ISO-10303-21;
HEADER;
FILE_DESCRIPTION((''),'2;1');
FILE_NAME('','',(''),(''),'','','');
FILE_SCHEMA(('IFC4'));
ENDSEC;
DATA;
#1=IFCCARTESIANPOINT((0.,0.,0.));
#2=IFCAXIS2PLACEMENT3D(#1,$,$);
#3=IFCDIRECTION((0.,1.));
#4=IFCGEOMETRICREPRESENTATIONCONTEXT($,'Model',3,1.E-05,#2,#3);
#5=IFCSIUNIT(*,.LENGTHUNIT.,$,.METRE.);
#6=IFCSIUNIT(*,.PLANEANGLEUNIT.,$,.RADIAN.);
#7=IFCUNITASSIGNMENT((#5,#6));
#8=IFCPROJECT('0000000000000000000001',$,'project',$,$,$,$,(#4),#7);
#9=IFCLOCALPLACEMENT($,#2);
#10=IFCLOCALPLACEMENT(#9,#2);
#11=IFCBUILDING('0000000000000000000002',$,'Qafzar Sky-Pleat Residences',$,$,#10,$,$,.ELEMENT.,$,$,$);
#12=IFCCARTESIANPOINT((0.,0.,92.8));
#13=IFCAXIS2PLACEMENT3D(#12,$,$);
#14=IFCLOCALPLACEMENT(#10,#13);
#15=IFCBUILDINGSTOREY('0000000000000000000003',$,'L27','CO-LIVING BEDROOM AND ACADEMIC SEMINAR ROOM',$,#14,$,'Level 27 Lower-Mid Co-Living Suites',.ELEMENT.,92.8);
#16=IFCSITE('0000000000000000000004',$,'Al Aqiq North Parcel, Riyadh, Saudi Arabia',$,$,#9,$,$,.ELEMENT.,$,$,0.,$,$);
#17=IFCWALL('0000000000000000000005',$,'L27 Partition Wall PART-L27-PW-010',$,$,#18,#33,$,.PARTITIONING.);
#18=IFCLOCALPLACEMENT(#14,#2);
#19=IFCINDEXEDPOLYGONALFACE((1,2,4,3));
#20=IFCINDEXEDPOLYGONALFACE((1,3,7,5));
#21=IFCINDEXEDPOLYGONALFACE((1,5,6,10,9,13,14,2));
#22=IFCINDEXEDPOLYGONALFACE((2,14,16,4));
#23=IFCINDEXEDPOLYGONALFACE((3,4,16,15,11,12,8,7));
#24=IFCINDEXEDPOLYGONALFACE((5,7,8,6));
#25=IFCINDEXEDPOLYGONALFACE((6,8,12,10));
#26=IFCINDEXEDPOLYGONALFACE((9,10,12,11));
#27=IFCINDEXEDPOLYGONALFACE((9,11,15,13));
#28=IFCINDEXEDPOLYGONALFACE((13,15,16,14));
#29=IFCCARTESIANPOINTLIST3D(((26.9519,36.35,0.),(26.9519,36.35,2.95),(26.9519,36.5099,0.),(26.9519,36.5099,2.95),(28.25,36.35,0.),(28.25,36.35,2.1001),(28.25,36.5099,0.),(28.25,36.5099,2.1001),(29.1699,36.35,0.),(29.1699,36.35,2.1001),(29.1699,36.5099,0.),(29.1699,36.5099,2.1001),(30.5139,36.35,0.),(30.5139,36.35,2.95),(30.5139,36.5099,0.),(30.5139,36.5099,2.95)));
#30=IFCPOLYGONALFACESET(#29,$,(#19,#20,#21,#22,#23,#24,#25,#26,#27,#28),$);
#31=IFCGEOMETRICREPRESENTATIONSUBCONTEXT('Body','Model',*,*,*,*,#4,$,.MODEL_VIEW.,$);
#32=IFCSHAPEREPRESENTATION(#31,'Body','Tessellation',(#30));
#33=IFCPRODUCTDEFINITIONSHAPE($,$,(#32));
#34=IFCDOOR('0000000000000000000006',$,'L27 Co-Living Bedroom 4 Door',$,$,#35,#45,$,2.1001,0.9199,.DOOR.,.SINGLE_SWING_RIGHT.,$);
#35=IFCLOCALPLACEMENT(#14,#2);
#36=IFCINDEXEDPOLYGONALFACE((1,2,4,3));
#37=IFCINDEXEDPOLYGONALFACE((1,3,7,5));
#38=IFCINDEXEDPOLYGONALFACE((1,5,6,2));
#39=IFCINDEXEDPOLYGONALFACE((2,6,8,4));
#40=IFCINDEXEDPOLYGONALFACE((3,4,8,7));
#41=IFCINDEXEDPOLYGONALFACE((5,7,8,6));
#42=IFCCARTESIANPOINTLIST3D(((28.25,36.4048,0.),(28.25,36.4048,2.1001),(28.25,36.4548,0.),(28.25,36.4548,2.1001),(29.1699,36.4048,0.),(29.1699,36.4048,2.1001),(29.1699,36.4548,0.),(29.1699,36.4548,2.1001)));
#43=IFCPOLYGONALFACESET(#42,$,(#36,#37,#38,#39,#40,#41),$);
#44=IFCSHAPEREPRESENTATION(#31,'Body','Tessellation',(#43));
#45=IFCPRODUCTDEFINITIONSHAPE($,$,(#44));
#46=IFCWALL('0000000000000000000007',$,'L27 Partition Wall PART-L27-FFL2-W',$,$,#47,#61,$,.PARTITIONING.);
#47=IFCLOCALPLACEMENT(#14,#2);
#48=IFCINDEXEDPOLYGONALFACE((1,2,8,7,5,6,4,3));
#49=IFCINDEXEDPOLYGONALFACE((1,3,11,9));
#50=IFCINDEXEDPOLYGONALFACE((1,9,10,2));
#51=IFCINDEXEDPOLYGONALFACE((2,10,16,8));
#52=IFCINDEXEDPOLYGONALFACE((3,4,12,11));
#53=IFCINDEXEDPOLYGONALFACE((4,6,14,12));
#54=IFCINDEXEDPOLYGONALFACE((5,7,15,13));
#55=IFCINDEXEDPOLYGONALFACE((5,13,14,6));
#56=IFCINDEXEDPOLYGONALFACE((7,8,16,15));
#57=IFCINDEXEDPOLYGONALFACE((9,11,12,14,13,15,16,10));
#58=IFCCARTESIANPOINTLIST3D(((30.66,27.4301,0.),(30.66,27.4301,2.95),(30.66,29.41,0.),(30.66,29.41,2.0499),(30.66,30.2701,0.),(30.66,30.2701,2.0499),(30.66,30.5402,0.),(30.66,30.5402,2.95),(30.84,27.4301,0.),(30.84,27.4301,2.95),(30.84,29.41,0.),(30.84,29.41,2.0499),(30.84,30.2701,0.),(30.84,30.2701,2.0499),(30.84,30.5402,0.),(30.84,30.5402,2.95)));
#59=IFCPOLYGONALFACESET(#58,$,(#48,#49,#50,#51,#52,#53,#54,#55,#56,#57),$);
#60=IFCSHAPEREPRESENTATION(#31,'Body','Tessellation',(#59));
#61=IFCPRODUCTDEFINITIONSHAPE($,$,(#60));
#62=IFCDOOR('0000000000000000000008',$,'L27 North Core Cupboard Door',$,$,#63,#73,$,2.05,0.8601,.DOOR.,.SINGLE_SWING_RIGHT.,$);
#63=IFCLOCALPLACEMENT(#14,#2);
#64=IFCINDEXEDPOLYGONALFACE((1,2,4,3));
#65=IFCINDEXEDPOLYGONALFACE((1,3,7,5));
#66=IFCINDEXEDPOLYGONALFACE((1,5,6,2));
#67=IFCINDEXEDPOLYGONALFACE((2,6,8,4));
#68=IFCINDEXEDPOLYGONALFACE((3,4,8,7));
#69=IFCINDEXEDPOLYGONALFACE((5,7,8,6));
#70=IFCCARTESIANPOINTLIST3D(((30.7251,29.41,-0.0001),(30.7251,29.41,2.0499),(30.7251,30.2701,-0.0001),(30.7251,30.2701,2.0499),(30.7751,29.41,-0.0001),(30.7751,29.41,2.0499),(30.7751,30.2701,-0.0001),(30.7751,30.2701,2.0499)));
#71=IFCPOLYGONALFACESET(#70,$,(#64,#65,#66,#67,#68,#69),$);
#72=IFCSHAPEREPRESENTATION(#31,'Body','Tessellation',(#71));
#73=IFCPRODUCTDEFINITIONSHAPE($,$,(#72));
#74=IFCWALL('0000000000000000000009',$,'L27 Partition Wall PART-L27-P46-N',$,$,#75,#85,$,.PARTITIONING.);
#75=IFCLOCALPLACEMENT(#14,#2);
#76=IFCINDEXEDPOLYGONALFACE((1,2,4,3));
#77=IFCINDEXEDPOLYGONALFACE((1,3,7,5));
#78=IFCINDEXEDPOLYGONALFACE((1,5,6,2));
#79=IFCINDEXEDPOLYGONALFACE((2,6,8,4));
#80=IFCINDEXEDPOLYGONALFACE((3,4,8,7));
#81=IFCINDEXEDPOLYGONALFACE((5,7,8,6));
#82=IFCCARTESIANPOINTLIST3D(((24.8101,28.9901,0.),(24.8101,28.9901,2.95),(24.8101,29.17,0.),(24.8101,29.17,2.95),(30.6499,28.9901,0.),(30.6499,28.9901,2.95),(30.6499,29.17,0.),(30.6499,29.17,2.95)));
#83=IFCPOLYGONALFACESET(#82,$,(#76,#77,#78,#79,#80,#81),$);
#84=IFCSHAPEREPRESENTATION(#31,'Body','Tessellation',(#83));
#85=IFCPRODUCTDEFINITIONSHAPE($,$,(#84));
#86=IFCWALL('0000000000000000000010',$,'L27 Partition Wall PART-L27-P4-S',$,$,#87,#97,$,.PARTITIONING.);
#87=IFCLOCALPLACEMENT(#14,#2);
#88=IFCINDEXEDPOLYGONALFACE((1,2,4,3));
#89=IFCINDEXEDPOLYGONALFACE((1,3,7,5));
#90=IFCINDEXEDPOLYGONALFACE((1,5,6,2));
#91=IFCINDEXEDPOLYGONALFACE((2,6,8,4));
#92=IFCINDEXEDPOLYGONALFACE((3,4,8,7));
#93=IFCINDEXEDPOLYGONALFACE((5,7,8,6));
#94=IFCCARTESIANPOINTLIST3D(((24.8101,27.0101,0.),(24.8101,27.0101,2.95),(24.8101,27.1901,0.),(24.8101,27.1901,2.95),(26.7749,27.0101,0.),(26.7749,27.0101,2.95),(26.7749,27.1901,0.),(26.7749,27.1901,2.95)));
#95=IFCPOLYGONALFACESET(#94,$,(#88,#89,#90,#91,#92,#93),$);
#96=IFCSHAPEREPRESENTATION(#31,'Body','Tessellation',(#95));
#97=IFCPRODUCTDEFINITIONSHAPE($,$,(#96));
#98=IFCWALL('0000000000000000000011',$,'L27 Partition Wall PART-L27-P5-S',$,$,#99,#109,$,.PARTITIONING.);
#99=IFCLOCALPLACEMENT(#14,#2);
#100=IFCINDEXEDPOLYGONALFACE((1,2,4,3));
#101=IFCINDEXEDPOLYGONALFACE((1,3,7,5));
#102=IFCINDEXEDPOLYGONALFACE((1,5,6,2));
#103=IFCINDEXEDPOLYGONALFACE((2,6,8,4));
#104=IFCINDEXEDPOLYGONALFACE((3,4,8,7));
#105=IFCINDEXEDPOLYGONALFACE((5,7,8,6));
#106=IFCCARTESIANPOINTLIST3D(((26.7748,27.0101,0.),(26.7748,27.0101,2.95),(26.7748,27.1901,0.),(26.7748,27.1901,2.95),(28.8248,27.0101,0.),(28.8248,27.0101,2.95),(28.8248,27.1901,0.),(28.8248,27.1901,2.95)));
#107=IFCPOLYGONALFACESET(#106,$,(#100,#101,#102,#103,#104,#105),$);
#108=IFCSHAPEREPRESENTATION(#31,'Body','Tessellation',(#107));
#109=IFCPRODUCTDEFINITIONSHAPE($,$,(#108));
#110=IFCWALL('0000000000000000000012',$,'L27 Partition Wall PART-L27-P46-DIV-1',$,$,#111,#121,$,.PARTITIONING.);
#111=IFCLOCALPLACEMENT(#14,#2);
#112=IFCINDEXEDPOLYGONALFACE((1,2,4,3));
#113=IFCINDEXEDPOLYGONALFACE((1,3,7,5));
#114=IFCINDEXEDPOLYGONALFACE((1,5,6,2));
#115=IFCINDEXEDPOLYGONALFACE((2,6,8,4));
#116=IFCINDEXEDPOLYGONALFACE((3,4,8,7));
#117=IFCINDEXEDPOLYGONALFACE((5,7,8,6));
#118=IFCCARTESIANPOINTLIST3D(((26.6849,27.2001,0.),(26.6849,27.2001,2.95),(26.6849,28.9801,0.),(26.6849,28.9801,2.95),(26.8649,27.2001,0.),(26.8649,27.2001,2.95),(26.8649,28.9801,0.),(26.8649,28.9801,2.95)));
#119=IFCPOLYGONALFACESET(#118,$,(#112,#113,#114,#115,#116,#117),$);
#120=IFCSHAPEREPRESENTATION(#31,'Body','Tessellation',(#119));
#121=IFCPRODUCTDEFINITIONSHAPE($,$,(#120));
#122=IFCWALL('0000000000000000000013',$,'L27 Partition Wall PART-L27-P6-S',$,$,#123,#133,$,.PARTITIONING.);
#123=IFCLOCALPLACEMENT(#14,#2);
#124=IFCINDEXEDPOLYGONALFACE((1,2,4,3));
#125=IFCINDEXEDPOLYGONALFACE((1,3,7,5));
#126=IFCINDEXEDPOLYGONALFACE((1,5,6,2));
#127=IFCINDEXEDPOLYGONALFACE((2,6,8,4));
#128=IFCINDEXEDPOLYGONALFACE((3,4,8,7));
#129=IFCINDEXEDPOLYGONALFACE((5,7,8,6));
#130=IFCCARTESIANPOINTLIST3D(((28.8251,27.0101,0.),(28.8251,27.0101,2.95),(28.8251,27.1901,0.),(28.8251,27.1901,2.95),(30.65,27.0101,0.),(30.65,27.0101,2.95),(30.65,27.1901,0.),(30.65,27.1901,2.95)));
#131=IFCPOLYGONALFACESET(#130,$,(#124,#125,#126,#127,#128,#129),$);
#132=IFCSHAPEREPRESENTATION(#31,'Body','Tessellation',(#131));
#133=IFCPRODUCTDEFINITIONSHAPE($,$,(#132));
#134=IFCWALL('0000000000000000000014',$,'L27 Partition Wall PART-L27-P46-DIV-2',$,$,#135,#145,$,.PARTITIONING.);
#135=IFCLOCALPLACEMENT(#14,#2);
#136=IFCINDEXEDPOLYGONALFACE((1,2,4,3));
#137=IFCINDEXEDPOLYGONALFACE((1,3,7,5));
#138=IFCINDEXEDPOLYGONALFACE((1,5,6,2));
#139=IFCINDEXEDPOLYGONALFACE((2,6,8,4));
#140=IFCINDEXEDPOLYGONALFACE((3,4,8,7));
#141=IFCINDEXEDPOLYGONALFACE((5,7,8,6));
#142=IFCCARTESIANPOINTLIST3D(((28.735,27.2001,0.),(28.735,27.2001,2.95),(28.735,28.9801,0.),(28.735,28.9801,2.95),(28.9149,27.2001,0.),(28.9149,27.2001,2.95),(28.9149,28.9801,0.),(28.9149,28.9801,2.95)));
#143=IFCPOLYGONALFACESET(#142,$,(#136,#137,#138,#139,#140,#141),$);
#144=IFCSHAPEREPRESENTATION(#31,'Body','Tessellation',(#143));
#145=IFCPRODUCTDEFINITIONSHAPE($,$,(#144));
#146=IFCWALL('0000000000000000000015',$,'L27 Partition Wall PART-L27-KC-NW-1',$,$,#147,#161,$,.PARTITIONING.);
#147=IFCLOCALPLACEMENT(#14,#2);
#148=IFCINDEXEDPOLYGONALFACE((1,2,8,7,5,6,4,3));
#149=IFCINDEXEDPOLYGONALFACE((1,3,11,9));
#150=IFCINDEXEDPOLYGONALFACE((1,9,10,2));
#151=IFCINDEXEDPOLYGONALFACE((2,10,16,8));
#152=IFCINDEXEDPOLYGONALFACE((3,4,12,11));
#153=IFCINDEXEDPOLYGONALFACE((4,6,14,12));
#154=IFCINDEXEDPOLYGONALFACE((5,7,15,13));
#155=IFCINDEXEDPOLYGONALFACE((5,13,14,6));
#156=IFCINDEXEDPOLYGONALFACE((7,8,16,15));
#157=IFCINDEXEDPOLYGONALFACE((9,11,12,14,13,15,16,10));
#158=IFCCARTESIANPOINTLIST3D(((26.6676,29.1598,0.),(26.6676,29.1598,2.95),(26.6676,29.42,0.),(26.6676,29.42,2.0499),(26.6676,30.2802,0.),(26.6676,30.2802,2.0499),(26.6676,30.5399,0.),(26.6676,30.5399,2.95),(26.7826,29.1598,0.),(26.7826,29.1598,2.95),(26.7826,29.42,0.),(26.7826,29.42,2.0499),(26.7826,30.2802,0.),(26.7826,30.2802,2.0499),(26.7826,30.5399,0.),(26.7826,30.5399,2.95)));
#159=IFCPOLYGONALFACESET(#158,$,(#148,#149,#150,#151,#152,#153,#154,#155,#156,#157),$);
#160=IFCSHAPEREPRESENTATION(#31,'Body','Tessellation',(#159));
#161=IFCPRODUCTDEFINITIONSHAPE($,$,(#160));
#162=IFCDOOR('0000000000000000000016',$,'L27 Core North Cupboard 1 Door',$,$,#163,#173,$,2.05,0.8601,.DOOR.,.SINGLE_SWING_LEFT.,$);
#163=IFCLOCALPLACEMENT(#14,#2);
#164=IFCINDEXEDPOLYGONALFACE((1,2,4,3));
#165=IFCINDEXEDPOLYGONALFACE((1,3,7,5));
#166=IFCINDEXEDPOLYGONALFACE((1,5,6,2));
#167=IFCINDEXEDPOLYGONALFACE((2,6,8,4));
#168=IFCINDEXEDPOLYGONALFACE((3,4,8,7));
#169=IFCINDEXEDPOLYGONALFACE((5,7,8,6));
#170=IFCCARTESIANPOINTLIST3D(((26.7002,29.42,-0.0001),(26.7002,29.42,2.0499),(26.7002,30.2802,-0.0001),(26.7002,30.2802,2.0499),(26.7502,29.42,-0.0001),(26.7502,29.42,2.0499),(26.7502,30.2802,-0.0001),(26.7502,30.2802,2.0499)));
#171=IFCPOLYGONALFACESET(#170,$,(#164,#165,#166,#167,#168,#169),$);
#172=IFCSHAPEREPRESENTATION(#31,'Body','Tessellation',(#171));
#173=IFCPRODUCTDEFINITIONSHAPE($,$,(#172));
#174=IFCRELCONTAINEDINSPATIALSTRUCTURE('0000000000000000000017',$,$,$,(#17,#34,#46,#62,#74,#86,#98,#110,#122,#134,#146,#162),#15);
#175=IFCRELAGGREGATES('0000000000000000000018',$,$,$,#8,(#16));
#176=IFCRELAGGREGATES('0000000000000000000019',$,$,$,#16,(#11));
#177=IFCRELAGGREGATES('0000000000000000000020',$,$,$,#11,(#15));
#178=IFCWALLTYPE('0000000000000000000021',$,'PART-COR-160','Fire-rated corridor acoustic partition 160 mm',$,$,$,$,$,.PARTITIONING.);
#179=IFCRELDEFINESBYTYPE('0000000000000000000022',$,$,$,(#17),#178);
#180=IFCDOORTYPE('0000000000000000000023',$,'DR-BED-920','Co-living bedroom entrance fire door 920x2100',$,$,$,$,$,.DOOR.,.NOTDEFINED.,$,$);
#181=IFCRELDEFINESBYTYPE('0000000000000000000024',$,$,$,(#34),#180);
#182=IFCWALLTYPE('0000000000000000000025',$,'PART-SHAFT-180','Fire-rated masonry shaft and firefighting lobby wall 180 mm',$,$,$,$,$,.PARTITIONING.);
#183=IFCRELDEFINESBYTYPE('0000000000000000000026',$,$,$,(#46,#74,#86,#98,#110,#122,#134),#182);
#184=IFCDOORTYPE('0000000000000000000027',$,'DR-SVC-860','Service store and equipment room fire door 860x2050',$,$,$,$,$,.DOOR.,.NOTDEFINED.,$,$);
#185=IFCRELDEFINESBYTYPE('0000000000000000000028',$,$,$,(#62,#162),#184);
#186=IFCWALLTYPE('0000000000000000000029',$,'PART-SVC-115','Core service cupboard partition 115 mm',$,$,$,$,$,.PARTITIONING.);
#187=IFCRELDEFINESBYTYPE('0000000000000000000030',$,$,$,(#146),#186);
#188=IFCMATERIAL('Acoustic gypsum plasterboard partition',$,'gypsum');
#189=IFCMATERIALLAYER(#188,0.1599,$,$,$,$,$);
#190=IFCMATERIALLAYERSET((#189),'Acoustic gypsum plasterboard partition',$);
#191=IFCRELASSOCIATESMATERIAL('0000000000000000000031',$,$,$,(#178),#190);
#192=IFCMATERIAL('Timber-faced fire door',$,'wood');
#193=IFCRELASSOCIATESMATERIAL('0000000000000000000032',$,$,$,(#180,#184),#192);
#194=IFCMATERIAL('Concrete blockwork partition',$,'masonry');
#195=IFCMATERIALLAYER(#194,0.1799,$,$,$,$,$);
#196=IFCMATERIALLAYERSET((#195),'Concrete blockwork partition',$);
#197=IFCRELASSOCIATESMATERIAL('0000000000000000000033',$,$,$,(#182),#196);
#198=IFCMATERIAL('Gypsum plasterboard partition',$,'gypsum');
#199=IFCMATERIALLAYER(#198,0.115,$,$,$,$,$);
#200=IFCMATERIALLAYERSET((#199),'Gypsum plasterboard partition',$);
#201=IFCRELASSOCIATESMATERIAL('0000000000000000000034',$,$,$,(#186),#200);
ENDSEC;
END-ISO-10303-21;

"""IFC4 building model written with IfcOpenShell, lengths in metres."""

from ifc_helpers import new_model, si_unit, direction, frame, frame_2d, origin, place, context, subcontext, project, spatial, rectangle, extrude, source, transform, mapped, material, layer, layer_set, type_object, element, fill, save


model = new_model("IFC4")

# Units and contexts
model_context = context("Model", 3, precision=1e-05, world=origin(), true_north=direction((0.0, 1.0)))
body_context = subcontext(model_context, "Body", "Model", "MODEL_VIEW")
ifc_project = project(units=[si_unit("LENGTHUNIT", "METRE"), si_unit("PLANEANGLEUNIT", "RADIAN")], contexts=[model_context])

# Site, building, storey
site_placement = place(None, origin())
site = spatial("IfcSite", under=ifc_project, at=site_placement, Name="Al Aqiq North Parcel, Riyadh, Saudi Arabia", CompositionType="ELEMENT", RefElevation=0.0)
building_placement = place(site_placement, origin())
building = spatial("IfcBuilding", under=site, at=building_placement, Name="Qafzar Sky-Pleat Residences", CompositionType="ELEMENT")
storey_placement = place(building_placement, frame((0.0, 0.0, 92.8)))
storey = spatial("IfcBuildingStorey", under=building, at=storey_placement, Name="L27", Description="CO-LIVING BEDROOM AND ACADEMIC SEMINAR ROOM", LongName="Level 27 Lower-Mid Co-Living Suites", CompositionType="ELEMENT", Elevation=92.8)

# Walls, openings, doors
ifc_material_1 = material(Name="Acoustic gypsum plasterboard partition", Category="gypsum")
ifc_layer_1 = layer(ifc_material_1, 0.1599)
ifc_layer_set_1 = layer_set([ifc_layer_1], Name="Acoustic gypsum plasterboard partition")
wall_type_1 = type_object("IfcWallType", Name="PART-COR-160", Description="Fire-rated corridor acoustic partition 160 mm", PredefinedType="PARTITIONING", material=ifc_layer_set_1)
wall_1_placement = place(storey_placement, frame((26.9519, 36.4299, 0.0), z_axis=(0.0, 0.0, 1.0), x_axis=(1.0, 0.0, 0.0)))
wall_1 = element("IfcWall", 1, at=wall_1_placement, inside=storey, type_object=wall_type_1, Name="L27 Partition Wall PART-L27-PW-010", PredefinedType="PARTITIONING", context=body_context, shape_type="SweptSolid", body=[
    extrude(rectangle(XDim=3.562, YDim=0.1599, at=frame_2d((1.781, 0.0))), origin(), (0.0, 0.0, 1.0), 2.95),
])
opening_1_placement = place(wall_1_placement, frame((1.2981, 0.0, 0.0)))
opening_1 = element("IfcOpeningElement", 2, at=opening_1_placement, cuts=wall_1, PredefinedType="OPENING", context=body_context, shape_type="SweptSolid", body=[
    extrude(rectangle(XDim=0.9199, YDim=2.1001, at=frame_2d((0.46, 1.05))), frame((0.0, 0.0898, 0.0), z_axis=(0.0, -1.0, 0.0), x_axis=(1.0, 0.0, 0.0)), (0.0, 0.0, 1.0), 0.1799),
])
ifc_material_2 = material(Name="Timber-faced fire door", Category="wood")
door_type_1 = type_object("IfcDoorType", Name="DR-BED-920", Description="Co-living bedroom entrance fire door 920x2100", OperationType="NOTDEFINED", PredefinedType="DOOR", material=ifc_material_2)
shared_shape_1 = source(origin(), body_context, "Body", "SweptSolid", [
    extrude(rectangle(XDim=0.9199, YDim=2.1001, at=frame_2d((0.46, 1.05))), frame((0.0, 0.0249, 0.0), z_axis=(0.0, -1.0, 0.0), x_axis=(1.0, 0.0, 0.0)), (0.0, 0.0, 1.0), 0.05),
])
door_1_placement = place(opening_1_placement, origin())
door_1 = element("IfcDoor", 3, at=door_1_placement, inside=storey, type_object=door_type_1, Name="L27 Co-Living Bedroom 4 Door", OperationType="SINGLE_SWING_RIGHT", OverallHeight=2.1001, OverallWidth=0.9199, PredefinedType="DOOR", context=body_context, shape_type="MappedRepresentation", body=[
    mapped(shared_shape_1, transform((0.0, 0.0, 0.0), x_axis=(1.0, 0.0, 0.0), y_axis=(0.0, 1.0, 0.0), z_axis=(0.0, 0.0, 1.0), scale=1.0)),
])
fill(opening_1, door_1)
ifc_material_3 = material(Name="Concrete blockwork partition", Category="masonry")
ifc_layer_2 = layer(ifc_material_3, 0.1799)
ifc_layer_set_2 = layer_set([ifc_layer_2], Name="Concrete blockwork partition")
wall_type_2 = type_object("IfcWallType", Name="PART-SHAFT-180", Description="Fire-rated masonry shaft and firefighting lobby wall 180 mm", PredefinedType="PARTITIONING", material=ifc_layer_set_2)
wall_2_placement = place(storey_placement, frame((30.75, 27.4299, 0.0), z_axis=(0.0, 0.0, 1.0), x_axis=(0.0, 1.0, 0.0)))
wall_2 = element("IfcWall", 4, at=wall_2_placement, inside=storey, type_object=wall_type_2, Name="L27 Partition Wall PART-L27-FFL2-W", PredefinedType="PARTITIONING", context=body_context, shape_type="SweptSolid", body=[
    extrude(rectangle(XDim=3.1101, YDim=0.1799, at=frame_2d((1.5552, 0.0))), origin(), (0.0, 0.0, 1.0), 2.95),
])
opening_2_placement = place(wall_2_placement, frame((1.98, 0.0, 0.0)))
opening_2 = element("IfcOpeningElement", 5, at=opening_2_placement, cuts=wall_2, PredefinedType="OPENING", context=body_context, shape_type="SweptSolid", body=[
    extrude(rectangle(XDim=0.8601, YDim=2.05, at=frame_2d((0.4302, 1.0249))), frame((0.0, 0.1001, 0.0), z_axis=(0.0, -1.0, 0.0), x_axis=(1.0, 0.0, 0.0)), (0.0, 0.0, 1.0), 0.2),
])
door_type_2 = type_object("IfcDoorType", Name="DR-SVC-860", Description="Service store and equipment room fire door 860x2050", OperationType="NOTDEFINED", PredefinedType="DOOR", material=ifc_material_2)
shared_shape_2 = source(origin(), body_context, "Body", "SweptSolid", [
    extrude(rectangle(XDim=0.8601, YDim=2.05, at=frame_2d((0.4302, 1.0249))), frame((0.0, 0.0249, 0.0), z_axis=(0.0, -1.0, 0.0), x_axis=(1.0, 0.0, 0.0)), (0.0, 0.0, 1.0), 0.05),
])
door_2_placement = place(opening_2_placement, origin())
door_2 = element("IfcDoor", 6, at=door_2_placement, inside=storey, type_object=door_type_2, Name="L27 North Core Cupboard Door", OperationType="SINGLE_SWING_RIGHT", OverallHeight=2.05, OverallWidth=0.8601, PredefinedType="DOOR", context=body_context, shape_type="MappedRepresentation", body=[
    mapped(shared_shape_2, transform((0.0, 0.0, 0.0), x_axis=(1.0, 0.0, 0.0), y_axis=(0.0, 1.0, 0.0), z_axis=(0.0, 0.0, 1.0), scale=1.0)),
])
fill(opening_2, door_2)

# Walls
wall_3_placement = place(storey_placement, frame((24.8101, 29.0801, 0.0), z_axis=(0.0, 0.0, 1.0), x_axis=(1.0, 0.0, 0.0)))
element("IfcWall", 7, at=wall_3_placement, inside=storey, type_object=wall_type_2, Name="L27 Partition Wall PART-L27-P46-N", PredefinedType="PARTITIONING", context=body_context, shape_type="SweptSolid", body=[
    extrude(rectangle(XDim=5.8398, YDim=0.1799, at=frame_2d((2.9199, 0.0))), origin(), (0.0, 0.0, 1.0), 2.95),
])
wall_4_placement = place(storey_placement, frame((24.8101, 27.1001, 0.0), z_axis=(0.0, 0.0, 1.0), x_axis=(1.0, 0.0, 0.0)))
element("IfcWall", 8, at=wall_4_placement, inside=storey, type_object=wall_type_2, Name="L27 Partition Wall PART-L27-P4-S", PredefinedType="PARTITIONING", context=body_context, shape_type="SweptSolid", body=[
    extrude(rectangle(XDim=1.9648, YDim=0.1799, at=frame_2d((0.9824, 0.0))), origin(), (0.0, 0.0, 1.0), 2.95),
])
wall_5_placement = place(storey_placement, frame((26.7749, 27.1001, 0.0), z_axis=(0.0, 0.0, 1.0), x_axis=(1.0, 0.0, 0.0)))
element("IfcWall", 9, at=wall_5_placement, inside=storey, type_object=wall_type_2, Name="L27 Partition Wall PART-L27-P5-S", PredefinedType="PARTITIONING", context=body_context, shape_type="SweptSolid", body=[
    extrude(rectangle(XDim=2.05, YDim=0.1799, at=frame_2d((1.0249, 0.0))), origin(), (0.0, 0.0, 1.0), 2.95),
])
wall_6_placement = place(storey_placement, frame((26.7749, 27.2, 0.0), z_axis=(0.0, 0.0, 1.0), x_axis=(0.0, 1.0, 0.0)))
element("IfcWall", 10, at=wall_6_placement, inside=storey, type_object=wall_type_2, Name="L27 Partition Wall PART-L27-P46-DIV-1", PredefinedType="PARTITIONING", context=body_context, shape_type="SweptSolid", body=[
    extrude(rectangle(XDim=1.78, YDim=0.1799, at=frame_2d((0.8901, 0.0))), origin(), (0.0, 0.0, 1.0), 2.95),
])
wall_7_placement = place(storey_placement, frame((28.825, 27.1001, 0.0), z_axis=(0.0, 0.0, 1.0), x_axis=(1.0, 0.0, 0.0)))
element("IfcWall", 11, at=wall_7_placement, inside=storey, type_object=wall_type_2, Name="L27 Partition Wall PART-L27-P6-S", PredefinedType="PARTITIONING", context=body_context, shape_type="SweptSolid", body=[
    extrude(rectangle(XDim=1.825, YDim=0.1799, at=frame_2d((0.9126, 0.0))), origin(), (0.0, 0.0, 1.0), 2.95),
])
wall_8_placement = place(storey_placement, frame((28.825, 27.2, 0.0), z_axis=(0.0, 0.0, 1.0), x_axis=(0.0, 1.0, 0.0)))
element("IfcWall", 12, at=wall_8_placement, inside=storey, type_object=wall_type_2, Name="L27 Partition Wall PART-L27-P46-DIV-2", PredefinedType="PARTITIONING", context=body_context, shape_type="SweptSolid", body=[
    extrude(rectangle(XDim=1.78, YDim=0.1799, at=frame_2d((0.8901, 0.0))), origin(), (0.0, 0.0, 1.0), 2.95),
])

# Wall, opening, door
ifc_material_4 = material(Name="Gypsum plasterboard partition", Category="gypsum")
ifc_layer_3 = layer(ifc_material_4, 0.115)
ifc_layer_set_3 = layer_set([ifc_layer_3], Name="Gypsum plasterboard partition")
wall_type_3 = type_object("IfcWallType", Name="PART-SVC-115", Description="Core service cupboard partition 115 mm", PredefinedType="PARTITIONING", material=ifc_layer_set_3)
wall_9_placement = place(storey_placement, frame((26.7251, 29.1599, 0.0), z_axis=(0.0, 0.0, 1.0), x_axis=(0.0, 1.0, 0.0)))
wall_9 = element("IfcWall", 13, at=wall_9_placement, inside=storey, type_object=wall_type_3, Name="L27 Partition Wall PART-L27-KC-NW-1", PredefinedType="PARTITIONING", context=body_context, shape_type="SweptSolid", body=[
    extrude(rectangle(XDim=1.3801, YDim=0.115, at=frame_2d((0.6899, 0.0))), origin(), (0.0, 0.0, 1.0), 2.95),
])
opening_3_placement = place(wall_9_placement, frame((0.26, 0.0, 0.0)))
opening_3 = element("IfcOpeningElement", 14, at=opening_3_placement, cuts=wall_9, PredefinedType="OPENING", context=body_context, shape_type="SweptSolid", body=[
    extrude(rectangle(XDim=0.8601, YDim=2.05, at=frame_2d((0.4302, 1.0249))), frame((0.0, 0.0674, 0.0), z_axis=(0.0, -1.0, 0.0), x_axis=(1.0, 0.0, 0.0)), (0.0, 0.0, 1.0), 0.135),
])
door_3_placement = place(opening_3_placement, origin())
door_3 = element("IfcDoor", 15, at=door_3_placement, inside=storey, type_object=door_type_2, Name="L27 Core North Cupboard 1 Door", OperationType="SINGLE_SWING_LEFT", OverallHeight=2.05, OverallWidth=0.8601, PredefinedType="DOOR", context=body_context, shape_type="MappedRepresentation", body=[
    mapped(shared_shape_2, transform((0.0, 0.0, 0.0), x_axis=(1.0, 0.0, 0.0), y_axis=(0.0, 1.0, 0.0), z_axis=(0.0, 0.0, 1.0), scale=1.0)),
])
fill(opening_3, door_3)

save(model, "model.ifc")
